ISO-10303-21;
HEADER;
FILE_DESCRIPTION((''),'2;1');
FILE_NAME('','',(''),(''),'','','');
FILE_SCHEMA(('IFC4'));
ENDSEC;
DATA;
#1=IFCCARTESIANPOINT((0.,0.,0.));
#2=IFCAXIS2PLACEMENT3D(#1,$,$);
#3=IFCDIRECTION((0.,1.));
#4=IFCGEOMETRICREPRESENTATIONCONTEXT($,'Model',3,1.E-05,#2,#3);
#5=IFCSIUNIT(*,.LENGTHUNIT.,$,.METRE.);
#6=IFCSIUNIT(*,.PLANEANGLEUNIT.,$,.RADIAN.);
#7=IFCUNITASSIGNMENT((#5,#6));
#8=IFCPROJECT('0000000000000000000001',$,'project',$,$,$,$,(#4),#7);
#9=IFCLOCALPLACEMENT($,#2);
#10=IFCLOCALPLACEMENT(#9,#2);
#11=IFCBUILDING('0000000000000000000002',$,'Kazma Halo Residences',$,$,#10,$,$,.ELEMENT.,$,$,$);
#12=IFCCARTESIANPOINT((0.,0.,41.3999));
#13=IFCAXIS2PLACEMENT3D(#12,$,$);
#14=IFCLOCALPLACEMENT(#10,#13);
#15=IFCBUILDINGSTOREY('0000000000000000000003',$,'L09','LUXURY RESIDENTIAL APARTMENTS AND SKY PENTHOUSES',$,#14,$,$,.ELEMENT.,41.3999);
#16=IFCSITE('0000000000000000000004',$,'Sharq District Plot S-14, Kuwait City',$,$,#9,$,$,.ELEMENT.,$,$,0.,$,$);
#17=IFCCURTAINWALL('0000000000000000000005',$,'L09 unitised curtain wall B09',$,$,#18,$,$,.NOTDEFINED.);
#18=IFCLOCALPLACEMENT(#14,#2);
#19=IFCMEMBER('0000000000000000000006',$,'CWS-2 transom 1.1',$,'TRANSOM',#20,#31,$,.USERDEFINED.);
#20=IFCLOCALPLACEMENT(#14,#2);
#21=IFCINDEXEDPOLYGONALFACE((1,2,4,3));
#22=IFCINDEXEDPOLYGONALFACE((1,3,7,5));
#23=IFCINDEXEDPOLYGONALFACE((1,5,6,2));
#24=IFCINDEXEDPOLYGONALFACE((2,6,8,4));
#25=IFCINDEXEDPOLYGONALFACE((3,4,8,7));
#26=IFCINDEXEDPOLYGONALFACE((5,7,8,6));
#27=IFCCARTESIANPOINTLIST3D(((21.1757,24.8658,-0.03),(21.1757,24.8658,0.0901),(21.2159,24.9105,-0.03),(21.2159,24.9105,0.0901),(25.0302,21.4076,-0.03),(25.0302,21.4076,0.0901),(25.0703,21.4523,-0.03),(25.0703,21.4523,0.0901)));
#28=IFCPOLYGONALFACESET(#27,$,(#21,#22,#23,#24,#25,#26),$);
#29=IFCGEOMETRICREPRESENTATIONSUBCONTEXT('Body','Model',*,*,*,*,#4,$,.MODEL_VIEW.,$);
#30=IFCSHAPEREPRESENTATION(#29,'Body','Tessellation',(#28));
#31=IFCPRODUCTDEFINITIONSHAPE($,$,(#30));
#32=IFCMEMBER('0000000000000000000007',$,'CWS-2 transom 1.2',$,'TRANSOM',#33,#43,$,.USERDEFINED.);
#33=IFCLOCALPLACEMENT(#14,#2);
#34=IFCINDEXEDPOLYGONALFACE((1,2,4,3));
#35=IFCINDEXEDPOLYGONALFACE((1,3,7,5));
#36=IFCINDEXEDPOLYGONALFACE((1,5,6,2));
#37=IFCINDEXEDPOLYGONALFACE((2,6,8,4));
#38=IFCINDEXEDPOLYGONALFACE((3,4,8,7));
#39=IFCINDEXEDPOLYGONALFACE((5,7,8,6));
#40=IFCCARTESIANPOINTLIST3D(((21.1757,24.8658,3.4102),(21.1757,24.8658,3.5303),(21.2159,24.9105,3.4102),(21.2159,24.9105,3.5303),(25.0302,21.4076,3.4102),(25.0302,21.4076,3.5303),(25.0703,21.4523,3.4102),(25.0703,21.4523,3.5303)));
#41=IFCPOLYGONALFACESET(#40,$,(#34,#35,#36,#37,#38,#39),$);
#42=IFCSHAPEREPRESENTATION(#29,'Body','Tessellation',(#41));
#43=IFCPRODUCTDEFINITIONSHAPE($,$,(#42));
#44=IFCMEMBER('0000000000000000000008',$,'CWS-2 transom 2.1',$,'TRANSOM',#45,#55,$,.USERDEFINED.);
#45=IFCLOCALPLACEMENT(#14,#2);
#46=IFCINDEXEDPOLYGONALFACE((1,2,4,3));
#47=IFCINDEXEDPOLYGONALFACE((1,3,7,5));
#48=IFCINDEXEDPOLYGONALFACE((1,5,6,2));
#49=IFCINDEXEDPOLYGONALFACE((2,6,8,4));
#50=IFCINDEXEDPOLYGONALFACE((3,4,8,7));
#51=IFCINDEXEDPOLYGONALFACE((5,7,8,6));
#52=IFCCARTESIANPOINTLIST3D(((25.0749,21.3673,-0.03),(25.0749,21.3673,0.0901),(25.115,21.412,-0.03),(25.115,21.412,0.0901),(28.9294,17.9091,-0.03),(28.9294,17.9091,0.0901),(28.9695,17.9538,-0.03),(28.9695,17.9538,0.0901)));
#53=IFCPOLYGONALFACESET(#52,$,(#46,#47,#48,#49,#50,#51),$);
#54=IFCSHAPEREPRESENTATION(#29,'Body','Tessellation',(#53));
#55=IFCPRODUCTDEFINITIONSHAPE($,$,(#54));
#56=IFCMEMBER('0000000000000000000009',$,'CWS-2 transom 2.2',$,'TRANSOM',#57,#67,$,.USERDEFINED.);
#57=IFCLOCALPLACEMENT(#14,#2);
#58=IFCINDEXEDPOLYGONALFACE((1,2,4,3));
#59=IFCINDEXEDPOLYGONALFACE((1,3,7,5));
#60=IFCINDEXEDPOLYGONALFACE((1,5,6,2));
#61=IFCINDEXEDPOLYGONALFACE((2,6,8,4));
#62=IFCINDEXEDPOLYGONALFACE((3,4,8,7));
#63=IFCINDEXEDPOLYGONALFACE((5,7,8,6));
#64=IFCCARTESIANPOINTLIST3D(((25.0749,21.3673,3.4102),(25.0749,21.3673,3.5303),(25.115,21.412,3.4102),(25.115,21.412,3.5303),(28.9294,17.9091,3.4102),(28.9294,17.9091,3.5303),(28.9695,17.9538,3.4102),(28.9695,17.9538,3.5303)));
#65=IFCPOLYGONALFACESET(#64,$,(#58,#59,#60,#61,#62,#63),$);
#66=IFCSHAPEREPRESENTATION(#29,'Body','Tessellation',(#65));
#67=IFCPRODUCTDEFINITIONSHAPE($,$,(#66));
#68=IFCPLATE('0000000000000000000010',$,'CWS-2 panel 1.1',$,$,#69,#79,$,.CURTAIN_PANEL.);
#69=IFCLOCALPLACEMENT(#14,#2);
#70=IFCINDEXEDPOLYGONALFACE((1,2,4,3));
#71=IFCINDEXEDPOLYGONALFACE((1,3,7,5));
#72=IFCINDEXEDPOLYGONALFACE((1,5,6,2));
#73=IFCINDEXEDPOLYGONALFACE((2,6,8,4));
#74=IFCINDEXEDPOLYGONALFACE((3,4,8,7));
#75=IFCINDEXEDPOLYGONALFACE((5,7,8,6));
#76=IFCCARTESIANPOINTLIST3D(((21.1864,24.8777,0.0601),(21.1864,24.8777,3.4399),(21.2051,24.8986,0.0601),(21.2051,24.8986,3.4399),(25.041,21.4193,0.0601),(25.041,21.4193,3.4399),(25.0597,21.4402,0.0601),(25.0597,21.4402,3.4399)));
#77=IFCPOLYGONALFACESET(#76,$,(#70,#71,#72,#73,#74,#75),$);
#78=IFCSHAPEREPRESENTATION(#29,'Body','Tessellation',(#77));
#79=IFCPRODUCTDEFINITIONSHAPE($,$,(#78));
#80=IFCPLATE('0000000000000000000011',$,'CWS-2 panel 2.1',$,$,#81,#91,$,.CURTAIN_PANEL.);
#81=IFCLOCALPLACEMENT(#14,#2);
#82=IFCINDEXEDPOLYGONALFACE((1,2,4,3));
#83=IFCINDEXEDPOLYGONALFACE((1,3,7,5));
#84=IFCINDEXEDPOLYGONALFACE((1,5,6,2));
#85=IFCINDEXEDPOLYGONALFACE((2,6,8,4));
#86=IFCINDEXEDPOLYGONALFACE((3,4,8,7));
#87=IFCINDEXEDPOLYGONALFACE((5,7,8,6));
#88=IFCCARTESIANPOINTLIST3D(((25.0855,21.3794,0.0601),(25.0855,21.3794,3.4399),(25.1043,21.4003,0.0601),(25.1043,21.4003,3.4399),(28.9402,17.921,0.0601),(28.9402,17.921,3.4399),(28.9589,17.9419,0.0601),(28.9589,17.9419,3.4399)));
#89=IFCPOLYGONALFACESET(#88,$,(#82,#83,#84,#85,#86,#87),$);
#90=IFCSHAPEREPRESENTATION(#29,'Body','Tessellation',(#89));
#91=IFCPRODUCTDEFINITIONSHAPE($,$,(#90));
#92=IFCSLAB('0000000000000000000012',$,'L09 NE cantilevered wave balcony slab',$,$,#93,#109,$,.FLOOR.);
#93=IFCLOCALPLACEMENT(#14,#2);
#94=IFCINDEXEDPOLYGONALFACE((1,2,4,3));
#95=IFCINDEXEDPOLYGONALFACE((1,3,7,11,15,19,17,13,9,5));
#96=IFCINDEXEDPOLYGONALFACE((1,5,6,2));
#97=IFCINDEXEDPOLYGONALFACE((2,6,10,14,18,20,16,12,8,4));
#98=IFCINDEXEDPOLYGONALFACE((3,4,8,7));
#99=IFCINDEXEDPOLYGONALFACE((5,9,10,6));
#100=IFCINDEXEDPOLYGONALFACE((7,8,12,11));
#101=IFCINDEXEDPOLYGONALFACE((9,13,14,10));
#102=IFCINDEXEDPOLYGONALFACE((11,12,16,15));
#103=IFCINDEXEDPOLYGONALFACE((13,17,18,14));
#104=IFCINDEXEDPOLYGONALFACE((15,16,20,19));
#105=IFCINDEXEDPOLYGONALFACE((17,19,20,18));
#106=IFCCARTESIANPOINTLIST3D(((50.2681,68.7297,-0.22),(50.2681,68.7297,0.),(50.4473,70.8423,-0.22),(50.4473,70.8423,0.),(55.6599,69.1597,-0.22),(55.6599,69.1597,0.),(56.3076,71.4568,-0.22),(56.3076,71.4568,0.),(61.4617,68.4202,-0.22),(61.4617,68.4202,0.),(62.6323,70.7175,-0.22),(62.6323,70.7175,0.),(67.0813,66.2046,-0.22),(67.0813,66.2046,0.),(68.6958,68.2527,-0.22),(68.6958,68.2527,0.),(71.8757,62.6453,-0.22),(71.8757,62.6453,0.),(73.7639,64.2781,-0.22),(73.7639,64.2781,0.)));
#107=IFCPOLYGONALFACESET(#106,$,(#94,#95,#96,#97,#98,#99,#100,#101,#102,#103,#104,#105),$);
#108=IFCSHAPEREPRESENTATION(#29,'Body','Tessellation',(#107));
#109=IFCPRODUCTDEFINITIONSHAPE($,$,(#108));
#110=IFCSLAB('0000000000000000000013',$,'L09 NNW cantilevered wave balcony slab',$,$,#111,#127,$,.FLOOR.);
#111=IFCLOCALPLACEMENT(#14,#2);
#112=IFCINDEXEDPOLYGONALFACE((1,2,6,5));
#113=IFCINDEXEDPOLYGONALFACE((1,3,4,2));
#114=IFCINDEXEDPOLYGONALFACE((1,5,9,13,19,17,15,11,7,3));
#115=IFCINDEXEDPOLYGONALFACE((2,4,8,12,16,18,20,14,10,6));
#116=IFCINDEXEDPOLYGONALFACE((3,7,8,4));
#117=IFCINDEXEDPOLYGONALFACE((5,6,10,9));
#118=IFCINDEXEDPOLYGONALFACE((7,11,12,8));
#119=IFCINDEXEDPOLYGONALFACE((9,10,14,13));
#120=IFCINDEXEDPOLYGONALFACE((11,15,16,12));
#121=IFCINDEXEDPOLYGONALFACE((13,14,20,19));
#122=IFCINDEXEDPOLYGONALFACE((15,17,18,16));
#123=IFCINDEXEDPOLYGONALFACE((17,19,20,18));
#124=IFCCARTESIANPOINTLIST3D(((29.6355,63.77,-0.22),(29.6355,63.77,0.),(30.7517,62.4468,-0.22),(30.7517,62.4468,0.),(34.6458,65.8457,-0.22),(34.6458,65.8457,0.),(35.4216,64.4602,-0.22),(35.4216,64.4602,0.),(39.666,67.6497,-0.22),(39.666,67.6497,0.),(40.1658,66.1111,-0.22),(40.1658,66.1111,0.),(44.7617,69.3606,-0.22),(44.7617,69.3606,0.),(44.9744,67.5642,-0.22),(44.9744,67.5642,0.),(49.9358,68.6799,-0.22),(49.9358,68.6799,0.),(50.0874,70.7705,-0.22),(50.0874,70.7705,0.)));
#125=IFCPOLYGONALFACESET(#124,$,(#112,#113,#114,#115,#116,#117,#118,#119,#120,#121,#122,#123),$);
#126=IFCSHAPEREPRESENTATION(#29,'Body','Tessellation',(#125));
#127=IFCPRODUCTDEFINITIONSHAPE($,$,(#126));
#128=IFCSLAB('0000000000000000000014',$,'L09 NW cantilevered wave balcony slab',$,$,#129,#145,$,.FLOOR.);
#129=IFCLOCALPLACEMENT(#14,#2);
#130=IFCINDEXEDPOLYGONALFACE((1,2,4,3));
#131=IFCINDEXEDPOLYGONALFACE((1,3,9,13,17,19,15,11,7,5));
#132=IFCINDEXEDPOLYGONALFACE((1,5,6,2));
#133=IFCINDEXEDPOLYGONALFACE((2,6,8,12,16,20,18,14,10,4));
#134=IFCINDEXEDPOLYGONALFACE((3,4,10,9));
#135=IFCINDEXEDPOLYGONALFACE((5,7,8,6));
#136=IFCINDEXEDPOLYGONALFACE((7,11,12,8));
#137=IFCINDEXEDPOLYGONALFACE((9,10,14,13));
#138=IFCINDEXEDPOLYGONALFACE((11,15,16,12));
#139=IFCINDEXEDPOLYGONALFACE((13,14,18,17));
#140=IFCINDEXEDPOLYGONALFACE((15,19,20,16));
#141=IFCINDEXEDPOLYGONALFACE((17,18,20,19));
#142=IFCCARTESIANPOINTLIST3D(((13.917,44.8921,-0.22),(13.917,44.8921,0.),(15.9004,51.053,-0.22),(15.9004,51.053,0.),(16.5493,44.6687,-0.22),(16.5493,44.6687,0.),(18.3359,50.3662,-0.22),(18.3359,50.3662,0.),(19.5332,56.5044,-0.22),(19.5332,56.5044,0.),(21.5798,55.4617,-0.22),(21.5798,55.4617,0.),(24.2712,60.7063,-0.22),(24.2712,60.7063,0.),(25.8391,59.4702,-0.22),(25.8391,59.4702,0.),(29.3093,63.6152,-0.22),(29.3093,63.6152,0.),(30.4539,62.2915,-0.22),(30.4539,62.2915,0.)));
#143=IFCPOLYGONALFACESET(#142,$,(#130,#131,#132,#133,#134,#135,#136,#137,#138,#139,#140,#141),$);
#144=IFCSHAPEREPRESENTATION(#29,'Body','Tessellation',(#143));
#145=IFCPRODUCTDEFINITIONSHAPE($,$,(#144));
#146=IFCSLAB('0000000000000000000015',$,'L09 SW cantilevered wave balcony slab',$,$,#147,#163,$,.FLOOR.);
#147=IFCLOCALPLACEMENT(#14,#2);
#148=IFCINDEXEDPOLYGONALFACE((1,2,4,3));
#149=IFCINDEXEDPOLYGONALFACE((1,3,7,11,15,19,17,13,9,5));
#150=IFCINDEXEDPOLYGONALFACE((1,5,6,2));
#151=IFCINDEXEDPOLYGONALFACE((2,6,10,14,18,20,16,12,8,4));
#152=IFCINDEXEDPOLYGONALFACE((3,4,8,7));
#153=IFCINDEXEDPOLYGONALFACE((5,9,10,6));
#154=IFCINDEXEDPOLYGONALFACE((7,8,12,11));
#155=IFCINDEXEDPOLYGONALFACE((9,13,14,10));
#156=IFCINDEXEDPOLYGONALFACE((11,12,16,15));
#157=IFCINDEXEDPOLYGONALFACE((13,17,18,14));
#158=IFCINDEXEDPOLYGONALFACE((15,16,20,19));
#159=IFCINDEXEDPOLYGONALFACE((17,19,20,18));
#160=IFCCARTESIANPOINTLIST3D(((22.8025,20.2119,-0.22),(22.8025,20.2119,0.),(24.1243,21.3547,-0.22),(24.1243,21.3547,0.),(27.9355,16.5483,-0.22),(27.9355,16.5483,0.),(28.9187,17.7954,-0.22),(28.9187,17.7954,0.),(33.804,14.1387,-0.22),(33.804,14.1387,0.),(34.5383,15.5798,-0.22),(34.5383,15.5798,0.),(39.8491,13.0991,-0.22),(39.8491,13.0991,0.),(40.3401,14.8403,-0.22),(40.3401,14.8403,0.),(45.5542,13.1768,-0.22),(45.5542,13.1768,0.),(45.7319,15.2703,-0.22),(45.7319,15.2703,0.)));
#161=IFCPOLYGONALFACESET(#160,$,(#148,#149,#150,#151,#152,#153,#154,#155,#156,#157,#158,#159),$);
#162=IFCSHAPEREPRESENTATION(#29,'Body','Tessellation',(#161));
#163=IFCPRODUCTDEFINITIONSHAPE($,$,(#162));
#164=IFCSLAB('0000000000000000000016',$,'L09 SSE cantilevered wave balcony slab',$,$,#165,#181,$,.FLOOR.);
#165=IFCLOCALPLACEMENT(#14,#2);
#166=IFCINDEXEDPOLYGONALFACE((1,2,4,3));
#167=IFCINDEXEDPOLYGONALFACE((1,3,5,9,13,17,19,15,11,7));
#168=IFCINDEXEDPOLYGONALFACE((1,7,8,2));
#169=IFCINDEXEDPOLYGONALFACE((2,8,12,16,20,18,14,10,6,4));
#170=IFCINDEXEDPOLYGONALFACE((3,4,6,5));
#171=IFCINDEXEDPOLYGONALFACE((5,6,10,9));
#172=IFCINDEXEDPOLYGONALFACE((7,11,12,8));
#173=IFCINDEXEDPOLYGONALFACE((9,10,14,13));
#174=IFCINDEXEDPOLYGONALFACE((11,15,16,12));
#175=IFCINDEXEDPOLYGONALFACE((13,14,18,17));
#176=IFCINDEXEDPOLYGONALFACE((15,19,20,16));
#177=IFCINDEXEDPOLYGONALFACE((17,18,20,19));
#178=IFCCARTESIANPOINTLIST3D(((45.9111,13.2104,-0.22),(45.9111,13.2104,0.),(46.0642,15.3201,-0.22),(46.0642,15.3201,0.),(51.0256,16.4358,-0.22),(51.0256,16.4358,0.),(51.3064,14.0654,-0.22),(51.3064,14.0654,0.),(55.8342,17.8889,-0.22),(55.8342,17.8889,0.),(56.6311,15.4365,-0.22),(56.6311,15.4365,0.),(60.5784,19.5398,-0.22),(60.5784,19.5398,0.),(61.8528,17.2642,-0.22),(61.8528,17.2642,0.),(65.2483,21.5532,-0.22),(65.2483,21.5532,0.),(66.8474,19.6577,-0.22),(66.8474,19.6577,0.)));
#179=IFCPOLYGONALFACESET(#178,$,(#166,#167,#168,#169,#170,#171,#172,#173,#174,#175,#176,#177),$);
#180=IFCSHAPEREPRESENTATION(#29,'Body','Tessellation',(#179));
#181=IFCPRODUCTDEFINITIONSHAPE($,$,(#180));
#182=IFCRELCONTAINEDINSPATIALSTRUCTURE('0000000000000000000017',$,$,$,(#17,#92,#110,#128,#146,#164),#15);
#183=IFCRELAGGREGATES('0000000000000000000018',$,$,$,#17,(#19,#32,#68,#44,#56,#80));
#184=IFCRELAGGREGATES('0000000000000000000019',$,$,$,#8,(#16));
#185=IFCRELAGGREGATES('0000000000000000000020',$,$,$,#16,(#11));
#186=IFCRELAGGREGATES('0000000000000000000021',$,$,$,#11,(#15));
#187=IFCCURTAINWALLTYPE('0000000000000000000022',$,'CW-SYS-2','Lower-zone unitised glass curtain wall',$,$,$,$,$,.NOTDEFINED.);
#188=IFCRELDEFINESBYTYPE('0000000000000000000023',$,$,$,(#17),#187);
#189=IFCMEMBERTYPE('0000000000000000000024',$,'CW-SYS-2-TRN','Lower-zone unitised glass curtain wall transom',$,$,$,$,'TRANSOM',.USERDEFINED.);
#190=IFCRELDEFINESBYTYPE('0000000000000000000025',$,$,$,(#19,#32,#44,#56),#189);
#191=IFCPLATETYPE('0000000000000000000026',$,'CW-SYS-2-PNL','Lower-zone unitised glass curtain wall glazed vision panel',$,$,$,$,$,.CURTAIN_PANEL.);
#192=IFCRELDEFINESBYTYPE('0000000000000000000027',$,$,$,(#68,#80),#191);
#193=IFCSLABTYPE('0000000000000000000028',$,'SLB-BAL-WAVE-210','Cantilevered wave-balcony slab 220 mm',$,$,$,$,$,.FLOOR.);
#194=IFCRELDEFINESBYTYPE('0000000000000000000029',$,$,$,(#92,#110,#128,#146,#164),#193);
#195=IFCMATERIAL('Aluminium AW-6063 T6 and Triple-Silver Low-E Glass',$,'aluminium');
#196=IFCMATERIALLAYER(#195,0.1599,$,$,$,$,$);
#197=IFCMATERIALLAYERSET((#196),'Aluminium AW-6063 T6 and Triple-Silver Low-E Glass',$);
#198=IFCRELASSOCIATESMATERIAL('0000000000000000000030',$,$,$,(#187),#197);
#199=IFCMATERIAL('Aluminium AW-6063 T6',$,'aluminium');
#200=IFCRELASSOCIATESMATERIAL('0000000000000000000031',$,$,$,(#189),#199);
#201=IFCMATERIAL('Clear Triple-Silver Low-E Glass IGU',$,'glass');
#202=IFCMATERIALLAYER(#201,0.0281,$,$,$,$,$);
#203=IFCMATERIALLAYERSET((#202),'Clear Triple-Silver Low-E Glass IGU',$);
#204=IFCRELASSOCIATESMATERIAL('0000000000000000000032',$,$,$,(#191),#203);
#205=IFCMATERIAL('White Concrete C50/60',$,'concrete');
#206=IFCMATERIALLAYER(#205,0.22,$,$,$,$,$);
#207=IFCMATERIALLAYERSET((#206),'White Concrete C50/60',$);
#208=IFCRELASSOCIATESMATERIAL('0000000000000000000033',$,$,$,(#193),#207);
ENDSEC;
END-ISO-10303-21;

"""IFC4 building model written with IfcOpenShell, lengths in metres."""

from ifc_helpers import new_model, si_unit, direction, frame, origin, origin_2d, place, context, subcontext, project, spatial, polyline, rectangle, outline, extrude, material, layer, layer_set, material_profile, profile_set, type_object, element, aggregate, save


model = new_model("IFC4")

# Units and contexts
model_context = context("Model", 3, precision=1e-05, world=origin(), true_north=direction((0.0, 1.0)))
body_context = subcontext(model_context, "Body", "Model", "MODEL_VIEW")
ifc_project = project(units=[si_unit("LENGTHUNIT", "METRE"), si_unit("PLANEANGLEUNIT", "RADIAN")], contexts=[model_context])

# Site, building, storey
site_placement = place(None, origin())
site = spatial("IfcSite", under=ifc_project, at=site_placement, Name="Sharq District Plot S-14, Kuwait City", CompositionType="ELEMENT", RefElevation=0.0)
building_placement = place(site_placement, origin())
building = spatial("IfcBuilding", under=site, at=building_placement, Name="Kazma Halo Residences", CompositionType="ELEMENT")
storey_placement = place(building_placement, frame((0.0, 0.0, 41.3999)))
storey = spatial("IfcBuildingStorey", under=building, at=storey_placement, Name="L09", Description="LUXURY RESIDENTIAL APARTMENTS AND SKY PENTHOUSES", CompositionType="ELEMENT", Elevation=41.3999)

# Curtain wall, members, plates
ifc_material_1 = material(Name="Aluminium AW-6063 T6 and Triple-Silver Low-E Glass", Category="aluminium")
ifc_layer_1 = layer(ifc_material_1, 0.1599)
ifc_layer_set_1 = layer_set([ifc_layer_1], Name="Aluminium AW-6063 T6 and Triple-Silver Low-E Glass")
curtain_wall_type = type_object("IfcCurtainWallType", Name="CW-SYS-2", Description="Lower-zone unitised glass curtain wall", PredefinedType="NOTDEFINED", material=ifc_layer_set_1)
curtain_wall_placement = place(storey_placement, origin())
curtain_wall = element("IfcCurtainWall", 1, at=curtain_wall_placement, inside=storey, type_object=curtain_wall_type, Name="L09 unitised curtain wall B09", PredefinedType="NOTDEFINED")
ifc_material_2 = material(Name="Aluminium AW-6063 T6", Category="aluminium")
ifc_material_profile_1 = material_profile(ifc_material_2, rectangle(XDim=0.0601, YDim=0.1201, at=origin_2d()), Name="CWT-60x120")
ifc_profile_set_1 = profile_set([ifc_material_profile_1], Name="Aluminium AW-6063 T6")
member_type_1 = type_object("IfcMemberType", Name="CW-SYS-2-TRN", Description="Lower-zone unitised glass curtain wall transom", ElementType="TRANSOM", PredefinedType="USERDEFINED", material=ifc_profile_set_1)
member_1_placement = place(storey_placement, frame((21.1958, 24.8882, 0.03), z_axis=(0.744329, -0.667813, 0.0), x_axis=(0.667813, 0.744329, 0.0)))
member_1 = element("IfcMember", 2, at=member_1_placement, type_object=member_type_1, Name="CWS-2 transom 1.1", ObjectType="TRANSOM", PredefinedType="USERDEFINED", context=body_context, shape_type="SweptSolid", body=[
    extrude(rectangle(XDim=0.0601, YDim=0.1201, at=origin_2d()), origin(), (0.0, 0.0, 1.0), 5.1785),
])
member_2_placement = place(storey_placement, frame((21.1958, 24.8882, 3.4702), z_axis=(0.744329, -0.667813, 0.0), x_axis=(0.667813, 0.744329, 0.0)))
member_2 = element("IfcMember", 3, at=member_2_placement, type_object=member_type_1, Name="CWS-2 transom 1.2", ObjectType="TRANSOM", PredefinedType="USERDEFINED", context=body_context, shape_type="SweptSolid", body=[
    extrude(rectangle(XDim=0.0601, YDim=0.1201, at=origin_2d()), origin(), (0.0, 0.0, 1.0), 5.1785),
])
member_3_placement = place(storey_placement, frame((25.095, 21.3896, 0.03), z_axis=(0.744329, -0.667813, 0.0), x_axis=(0.667813, 0.744329, 0.0)))
member_3 = element("IfcMember", 4, at=member_3_placement, type_object=member_type_1, Name="CWS-2 transom 2.1", ObjectType="TRANSOM", PredefinedType="USERDEFINED", context=body_context, shape_type="SweptSolid", body=[
    extrude(rectangle(XDim=0.0601, YDim=0.1201, at=origin_2d()), origin(), (0.0, 0.0, 1.0), 5.1785),
])
member_4_placement = place(storey_placement, frame((25.095, 21.3896, 3.4702), z_axis=(0.744329, -0.667813, 0.0), x_axis=(0.667813, 0.744329, 0.0)))
member_4 = element("IfcMember", 5, at=member_4_placement, type_object=member_type_1, Name="CWS-2 transom 2.2", ObjectType="TRANSOM", PredefinedType="USERDEFINED", context=body_context, shape_type="SweptSolid", body=[
    extrude(rectangle(XDim=0.0601, YDim=0.1201, at=origin_2d()), origin(), (0.0, 0.0, 1.0), 5.1785),
])
ifc_material_3 = material(Name="Clear Triple-Silver Low-E Glass IGU", Category="glass")
ifc_layer_2 = layer(ifc_material_3, 0.0281)
ifc_layer_set_2 = layer_set([ifc_layer_2], Name="Clear Triple-Silver Low-E Glass IGU")
plate_type = type_object("IfcPlateType", Name="CW-SYS-2-PNL", Description="Lower-zone unitised glass curtain wall glazed vision panel", PredefinedType="CURTAIN_PANEL", material=ifc_layer_set_2)
plate_1_placement = place(storey_placement, frame((23.123, 23.1589, 0.0601), z_axis=(0.0, 0.0, 1.0), x_axis=(0.744322, -0.667821, 0.0)))
plate_1 = element("IfcPlate", 6, at=plate_1_placement, type_object=plate_type, Name="CWS-2 panel 1.1", PredefinedType="CURTAIN_PANEL", context=body_context, shape_type="SweptSolid", body=[
    extrude(rectangle(XDim=5.1787, YDim=0.0281, at=origin_2d()), origin(), (0.0, 0.0, 1.0), 3.3799),
])
plate_2_placement = place(storey_placement, frame((27.0222, 19.6606, 0.0601), z_axis=(0.0, 0.0, 1.0), x_axis=(0.744322, -0.667821, 0.0)))
plate_2 = element("IfcPlate", 7, at=plate_2_placement, type_object=plate_type, Name="CWS-2 panel 2.1", PredefinedType="CURTAIN_PANEL", context=body_context, shape_type="SweptSolid", body=[
    extrude(rectangle(XDim=5.1787, YDim=0.0281, at=origin_2d()), origin(), (0.0, 0.0, 1.0), 3.3799),
])
aggregate(curtain_wall, [member_1, member_2, plate_1, member_3, member_4, plate_2])

# Slabs
ifc_material_4 = material(Name="White Concrete C50/60", Category="concrete")
ifc_layer_3 = layer(ifc_material_4, 0.22)
ifc_layer_set_3 = layer_set([ifc_layer_3], Name="White Concrete C50/60")
slab_type_1 = type_object("IfcSlabType", Name="SLB-BAL-WAVE-210", Description="Cantilevered wave-balcony slab 220 mm", PredefinedType="FLOOR", material=ifc_layer_set_3)
slab_1_placement = place(storey_placement, frame((0.0, 0.0, -0.22)))
element("IfcSlab", 8, at=slab_1_placement, inside=storey, type_object=slab_type_1, Name="L09 NE cantilevered wave balcony slab", PredefinedType="FLOOR", context=body_context, shape_type="SweptSolid", body=[
    extrude(outline(polyline([(71.8757, 62.6453), (67.0813, 66.2046), (61.4617, 68.4202), (55.6599, 69.1597), (50.2681, 68.7297), (50.4473, 70.8423), (56.3076, 71.4568), (62.6323, 70.7175), (68.6958, 68.2527), (73.7639, 64.2781), (71.8757, 62.6453)])), origin(), (0.0, 0.0, 1.0), 0.22),
])
slab_2_placement = place(storey_placement, frame((0.0, 0.0, -0.22)))
element("IfcSlab", 9, at=slab_2_placement, inside=storey, type_object=slab_type_1, Name="L09 NNW cantilevered wave balcony slab", PredefinedType="FLOOR", context=body_context, shape_type="SweptSolid", body=[
    extrude(outline(polyline([(49.9358, 68.6799), (44.9744, 67.5642), (40.1658, 66.1111), (35.4216, 64.4602), (30.7517, 62.4468), (29.6355, 63.77), (34.6458, 65.8457), (39.666, 67.6497), (44.7617, 69.3606), (50.0874, 70.7705), (49.9358, 68.6799)])), origin(), (0.0, 0.0, 1.0), 0.22),
])
slab_3_placement = place(storey_placement, frame((0.0, 0.0, -0.22)))
element("IfcSlab", 10, at=slab_3_placement, inside=storey, type_object=slab_type_1, Name="L09 NW cantilevered wave balcony slab", PredefinedType="FLOOR", context=body_context, shape_type="SweptSolid", body=[
    extrude(outline(polyline([(30.4539, 62.2915), (25.8391, 59.4702), (21.5798, 55.4617), (18.3359, 50.3662), (16.5493, 44.6687), (13.917, 44.8921), (15.9004, 51.053), (19.5332, 56.5044), (24.2712, 60.7063), (29.3093, 63.6152), (30.4539, 62.2915)])), origin(), (0.0, 0.0, 1.0), 0.22),
])
slab_4_placement = place(storey_placement, frame((0.0, 0.0, -0.22)))
element("IfcSlab", 11, at=slab_4_placement, inside=storey, type_object=slab_type_1, Name="L09 SW cantilevered wave balcony slab", PredefinedType="FLOOR", context=body_context, shape_type="SweptSolid", body=[
    extrude(outline(polyline([(24.1243, 21.3547), (28.9187, 17.7954), (34.5383, 15.5798), (40.3401, 14.8403), (45.7319, 15.2703), (45.5542, 13.1768), (39.8491, 13.0991), (33.804, 14.1387), (27.9355, 16.5483), (22.8025, 20.2119), (24.1243, 21.3547)])), origin(), (0.0, 0.0, 1.0), 0.22),
])
slab_5_placement = place(storey_placement, frame((0.0, 0.0, -0.22)))
element("IfcSlab", 12, at=slab_5_placement, inside=storey, type_object=slab_type_1, Name="L09 SSE cantilevered wave balcony slab", PredefinedType="FLOOR", context=body_context, shape_type="SweptSolid", body=[
    extrude(outline(polyline([(46.0642, 15.3201), (51.0256, 16.4358), (55.8342, 17.8889), (60.5784, 19.5398), (65.2483, 21.5532), (66.8474, 19.6577), (61.8528, 17.2642), (56.6311, 15.4365), (51.3064, 14.0654), (45.9111, 13.2104), (46.0642, 15.3201)])), origin(), (0.0, 0.0, 1.0), 0.22),
])

save(model, "model.ifc")
